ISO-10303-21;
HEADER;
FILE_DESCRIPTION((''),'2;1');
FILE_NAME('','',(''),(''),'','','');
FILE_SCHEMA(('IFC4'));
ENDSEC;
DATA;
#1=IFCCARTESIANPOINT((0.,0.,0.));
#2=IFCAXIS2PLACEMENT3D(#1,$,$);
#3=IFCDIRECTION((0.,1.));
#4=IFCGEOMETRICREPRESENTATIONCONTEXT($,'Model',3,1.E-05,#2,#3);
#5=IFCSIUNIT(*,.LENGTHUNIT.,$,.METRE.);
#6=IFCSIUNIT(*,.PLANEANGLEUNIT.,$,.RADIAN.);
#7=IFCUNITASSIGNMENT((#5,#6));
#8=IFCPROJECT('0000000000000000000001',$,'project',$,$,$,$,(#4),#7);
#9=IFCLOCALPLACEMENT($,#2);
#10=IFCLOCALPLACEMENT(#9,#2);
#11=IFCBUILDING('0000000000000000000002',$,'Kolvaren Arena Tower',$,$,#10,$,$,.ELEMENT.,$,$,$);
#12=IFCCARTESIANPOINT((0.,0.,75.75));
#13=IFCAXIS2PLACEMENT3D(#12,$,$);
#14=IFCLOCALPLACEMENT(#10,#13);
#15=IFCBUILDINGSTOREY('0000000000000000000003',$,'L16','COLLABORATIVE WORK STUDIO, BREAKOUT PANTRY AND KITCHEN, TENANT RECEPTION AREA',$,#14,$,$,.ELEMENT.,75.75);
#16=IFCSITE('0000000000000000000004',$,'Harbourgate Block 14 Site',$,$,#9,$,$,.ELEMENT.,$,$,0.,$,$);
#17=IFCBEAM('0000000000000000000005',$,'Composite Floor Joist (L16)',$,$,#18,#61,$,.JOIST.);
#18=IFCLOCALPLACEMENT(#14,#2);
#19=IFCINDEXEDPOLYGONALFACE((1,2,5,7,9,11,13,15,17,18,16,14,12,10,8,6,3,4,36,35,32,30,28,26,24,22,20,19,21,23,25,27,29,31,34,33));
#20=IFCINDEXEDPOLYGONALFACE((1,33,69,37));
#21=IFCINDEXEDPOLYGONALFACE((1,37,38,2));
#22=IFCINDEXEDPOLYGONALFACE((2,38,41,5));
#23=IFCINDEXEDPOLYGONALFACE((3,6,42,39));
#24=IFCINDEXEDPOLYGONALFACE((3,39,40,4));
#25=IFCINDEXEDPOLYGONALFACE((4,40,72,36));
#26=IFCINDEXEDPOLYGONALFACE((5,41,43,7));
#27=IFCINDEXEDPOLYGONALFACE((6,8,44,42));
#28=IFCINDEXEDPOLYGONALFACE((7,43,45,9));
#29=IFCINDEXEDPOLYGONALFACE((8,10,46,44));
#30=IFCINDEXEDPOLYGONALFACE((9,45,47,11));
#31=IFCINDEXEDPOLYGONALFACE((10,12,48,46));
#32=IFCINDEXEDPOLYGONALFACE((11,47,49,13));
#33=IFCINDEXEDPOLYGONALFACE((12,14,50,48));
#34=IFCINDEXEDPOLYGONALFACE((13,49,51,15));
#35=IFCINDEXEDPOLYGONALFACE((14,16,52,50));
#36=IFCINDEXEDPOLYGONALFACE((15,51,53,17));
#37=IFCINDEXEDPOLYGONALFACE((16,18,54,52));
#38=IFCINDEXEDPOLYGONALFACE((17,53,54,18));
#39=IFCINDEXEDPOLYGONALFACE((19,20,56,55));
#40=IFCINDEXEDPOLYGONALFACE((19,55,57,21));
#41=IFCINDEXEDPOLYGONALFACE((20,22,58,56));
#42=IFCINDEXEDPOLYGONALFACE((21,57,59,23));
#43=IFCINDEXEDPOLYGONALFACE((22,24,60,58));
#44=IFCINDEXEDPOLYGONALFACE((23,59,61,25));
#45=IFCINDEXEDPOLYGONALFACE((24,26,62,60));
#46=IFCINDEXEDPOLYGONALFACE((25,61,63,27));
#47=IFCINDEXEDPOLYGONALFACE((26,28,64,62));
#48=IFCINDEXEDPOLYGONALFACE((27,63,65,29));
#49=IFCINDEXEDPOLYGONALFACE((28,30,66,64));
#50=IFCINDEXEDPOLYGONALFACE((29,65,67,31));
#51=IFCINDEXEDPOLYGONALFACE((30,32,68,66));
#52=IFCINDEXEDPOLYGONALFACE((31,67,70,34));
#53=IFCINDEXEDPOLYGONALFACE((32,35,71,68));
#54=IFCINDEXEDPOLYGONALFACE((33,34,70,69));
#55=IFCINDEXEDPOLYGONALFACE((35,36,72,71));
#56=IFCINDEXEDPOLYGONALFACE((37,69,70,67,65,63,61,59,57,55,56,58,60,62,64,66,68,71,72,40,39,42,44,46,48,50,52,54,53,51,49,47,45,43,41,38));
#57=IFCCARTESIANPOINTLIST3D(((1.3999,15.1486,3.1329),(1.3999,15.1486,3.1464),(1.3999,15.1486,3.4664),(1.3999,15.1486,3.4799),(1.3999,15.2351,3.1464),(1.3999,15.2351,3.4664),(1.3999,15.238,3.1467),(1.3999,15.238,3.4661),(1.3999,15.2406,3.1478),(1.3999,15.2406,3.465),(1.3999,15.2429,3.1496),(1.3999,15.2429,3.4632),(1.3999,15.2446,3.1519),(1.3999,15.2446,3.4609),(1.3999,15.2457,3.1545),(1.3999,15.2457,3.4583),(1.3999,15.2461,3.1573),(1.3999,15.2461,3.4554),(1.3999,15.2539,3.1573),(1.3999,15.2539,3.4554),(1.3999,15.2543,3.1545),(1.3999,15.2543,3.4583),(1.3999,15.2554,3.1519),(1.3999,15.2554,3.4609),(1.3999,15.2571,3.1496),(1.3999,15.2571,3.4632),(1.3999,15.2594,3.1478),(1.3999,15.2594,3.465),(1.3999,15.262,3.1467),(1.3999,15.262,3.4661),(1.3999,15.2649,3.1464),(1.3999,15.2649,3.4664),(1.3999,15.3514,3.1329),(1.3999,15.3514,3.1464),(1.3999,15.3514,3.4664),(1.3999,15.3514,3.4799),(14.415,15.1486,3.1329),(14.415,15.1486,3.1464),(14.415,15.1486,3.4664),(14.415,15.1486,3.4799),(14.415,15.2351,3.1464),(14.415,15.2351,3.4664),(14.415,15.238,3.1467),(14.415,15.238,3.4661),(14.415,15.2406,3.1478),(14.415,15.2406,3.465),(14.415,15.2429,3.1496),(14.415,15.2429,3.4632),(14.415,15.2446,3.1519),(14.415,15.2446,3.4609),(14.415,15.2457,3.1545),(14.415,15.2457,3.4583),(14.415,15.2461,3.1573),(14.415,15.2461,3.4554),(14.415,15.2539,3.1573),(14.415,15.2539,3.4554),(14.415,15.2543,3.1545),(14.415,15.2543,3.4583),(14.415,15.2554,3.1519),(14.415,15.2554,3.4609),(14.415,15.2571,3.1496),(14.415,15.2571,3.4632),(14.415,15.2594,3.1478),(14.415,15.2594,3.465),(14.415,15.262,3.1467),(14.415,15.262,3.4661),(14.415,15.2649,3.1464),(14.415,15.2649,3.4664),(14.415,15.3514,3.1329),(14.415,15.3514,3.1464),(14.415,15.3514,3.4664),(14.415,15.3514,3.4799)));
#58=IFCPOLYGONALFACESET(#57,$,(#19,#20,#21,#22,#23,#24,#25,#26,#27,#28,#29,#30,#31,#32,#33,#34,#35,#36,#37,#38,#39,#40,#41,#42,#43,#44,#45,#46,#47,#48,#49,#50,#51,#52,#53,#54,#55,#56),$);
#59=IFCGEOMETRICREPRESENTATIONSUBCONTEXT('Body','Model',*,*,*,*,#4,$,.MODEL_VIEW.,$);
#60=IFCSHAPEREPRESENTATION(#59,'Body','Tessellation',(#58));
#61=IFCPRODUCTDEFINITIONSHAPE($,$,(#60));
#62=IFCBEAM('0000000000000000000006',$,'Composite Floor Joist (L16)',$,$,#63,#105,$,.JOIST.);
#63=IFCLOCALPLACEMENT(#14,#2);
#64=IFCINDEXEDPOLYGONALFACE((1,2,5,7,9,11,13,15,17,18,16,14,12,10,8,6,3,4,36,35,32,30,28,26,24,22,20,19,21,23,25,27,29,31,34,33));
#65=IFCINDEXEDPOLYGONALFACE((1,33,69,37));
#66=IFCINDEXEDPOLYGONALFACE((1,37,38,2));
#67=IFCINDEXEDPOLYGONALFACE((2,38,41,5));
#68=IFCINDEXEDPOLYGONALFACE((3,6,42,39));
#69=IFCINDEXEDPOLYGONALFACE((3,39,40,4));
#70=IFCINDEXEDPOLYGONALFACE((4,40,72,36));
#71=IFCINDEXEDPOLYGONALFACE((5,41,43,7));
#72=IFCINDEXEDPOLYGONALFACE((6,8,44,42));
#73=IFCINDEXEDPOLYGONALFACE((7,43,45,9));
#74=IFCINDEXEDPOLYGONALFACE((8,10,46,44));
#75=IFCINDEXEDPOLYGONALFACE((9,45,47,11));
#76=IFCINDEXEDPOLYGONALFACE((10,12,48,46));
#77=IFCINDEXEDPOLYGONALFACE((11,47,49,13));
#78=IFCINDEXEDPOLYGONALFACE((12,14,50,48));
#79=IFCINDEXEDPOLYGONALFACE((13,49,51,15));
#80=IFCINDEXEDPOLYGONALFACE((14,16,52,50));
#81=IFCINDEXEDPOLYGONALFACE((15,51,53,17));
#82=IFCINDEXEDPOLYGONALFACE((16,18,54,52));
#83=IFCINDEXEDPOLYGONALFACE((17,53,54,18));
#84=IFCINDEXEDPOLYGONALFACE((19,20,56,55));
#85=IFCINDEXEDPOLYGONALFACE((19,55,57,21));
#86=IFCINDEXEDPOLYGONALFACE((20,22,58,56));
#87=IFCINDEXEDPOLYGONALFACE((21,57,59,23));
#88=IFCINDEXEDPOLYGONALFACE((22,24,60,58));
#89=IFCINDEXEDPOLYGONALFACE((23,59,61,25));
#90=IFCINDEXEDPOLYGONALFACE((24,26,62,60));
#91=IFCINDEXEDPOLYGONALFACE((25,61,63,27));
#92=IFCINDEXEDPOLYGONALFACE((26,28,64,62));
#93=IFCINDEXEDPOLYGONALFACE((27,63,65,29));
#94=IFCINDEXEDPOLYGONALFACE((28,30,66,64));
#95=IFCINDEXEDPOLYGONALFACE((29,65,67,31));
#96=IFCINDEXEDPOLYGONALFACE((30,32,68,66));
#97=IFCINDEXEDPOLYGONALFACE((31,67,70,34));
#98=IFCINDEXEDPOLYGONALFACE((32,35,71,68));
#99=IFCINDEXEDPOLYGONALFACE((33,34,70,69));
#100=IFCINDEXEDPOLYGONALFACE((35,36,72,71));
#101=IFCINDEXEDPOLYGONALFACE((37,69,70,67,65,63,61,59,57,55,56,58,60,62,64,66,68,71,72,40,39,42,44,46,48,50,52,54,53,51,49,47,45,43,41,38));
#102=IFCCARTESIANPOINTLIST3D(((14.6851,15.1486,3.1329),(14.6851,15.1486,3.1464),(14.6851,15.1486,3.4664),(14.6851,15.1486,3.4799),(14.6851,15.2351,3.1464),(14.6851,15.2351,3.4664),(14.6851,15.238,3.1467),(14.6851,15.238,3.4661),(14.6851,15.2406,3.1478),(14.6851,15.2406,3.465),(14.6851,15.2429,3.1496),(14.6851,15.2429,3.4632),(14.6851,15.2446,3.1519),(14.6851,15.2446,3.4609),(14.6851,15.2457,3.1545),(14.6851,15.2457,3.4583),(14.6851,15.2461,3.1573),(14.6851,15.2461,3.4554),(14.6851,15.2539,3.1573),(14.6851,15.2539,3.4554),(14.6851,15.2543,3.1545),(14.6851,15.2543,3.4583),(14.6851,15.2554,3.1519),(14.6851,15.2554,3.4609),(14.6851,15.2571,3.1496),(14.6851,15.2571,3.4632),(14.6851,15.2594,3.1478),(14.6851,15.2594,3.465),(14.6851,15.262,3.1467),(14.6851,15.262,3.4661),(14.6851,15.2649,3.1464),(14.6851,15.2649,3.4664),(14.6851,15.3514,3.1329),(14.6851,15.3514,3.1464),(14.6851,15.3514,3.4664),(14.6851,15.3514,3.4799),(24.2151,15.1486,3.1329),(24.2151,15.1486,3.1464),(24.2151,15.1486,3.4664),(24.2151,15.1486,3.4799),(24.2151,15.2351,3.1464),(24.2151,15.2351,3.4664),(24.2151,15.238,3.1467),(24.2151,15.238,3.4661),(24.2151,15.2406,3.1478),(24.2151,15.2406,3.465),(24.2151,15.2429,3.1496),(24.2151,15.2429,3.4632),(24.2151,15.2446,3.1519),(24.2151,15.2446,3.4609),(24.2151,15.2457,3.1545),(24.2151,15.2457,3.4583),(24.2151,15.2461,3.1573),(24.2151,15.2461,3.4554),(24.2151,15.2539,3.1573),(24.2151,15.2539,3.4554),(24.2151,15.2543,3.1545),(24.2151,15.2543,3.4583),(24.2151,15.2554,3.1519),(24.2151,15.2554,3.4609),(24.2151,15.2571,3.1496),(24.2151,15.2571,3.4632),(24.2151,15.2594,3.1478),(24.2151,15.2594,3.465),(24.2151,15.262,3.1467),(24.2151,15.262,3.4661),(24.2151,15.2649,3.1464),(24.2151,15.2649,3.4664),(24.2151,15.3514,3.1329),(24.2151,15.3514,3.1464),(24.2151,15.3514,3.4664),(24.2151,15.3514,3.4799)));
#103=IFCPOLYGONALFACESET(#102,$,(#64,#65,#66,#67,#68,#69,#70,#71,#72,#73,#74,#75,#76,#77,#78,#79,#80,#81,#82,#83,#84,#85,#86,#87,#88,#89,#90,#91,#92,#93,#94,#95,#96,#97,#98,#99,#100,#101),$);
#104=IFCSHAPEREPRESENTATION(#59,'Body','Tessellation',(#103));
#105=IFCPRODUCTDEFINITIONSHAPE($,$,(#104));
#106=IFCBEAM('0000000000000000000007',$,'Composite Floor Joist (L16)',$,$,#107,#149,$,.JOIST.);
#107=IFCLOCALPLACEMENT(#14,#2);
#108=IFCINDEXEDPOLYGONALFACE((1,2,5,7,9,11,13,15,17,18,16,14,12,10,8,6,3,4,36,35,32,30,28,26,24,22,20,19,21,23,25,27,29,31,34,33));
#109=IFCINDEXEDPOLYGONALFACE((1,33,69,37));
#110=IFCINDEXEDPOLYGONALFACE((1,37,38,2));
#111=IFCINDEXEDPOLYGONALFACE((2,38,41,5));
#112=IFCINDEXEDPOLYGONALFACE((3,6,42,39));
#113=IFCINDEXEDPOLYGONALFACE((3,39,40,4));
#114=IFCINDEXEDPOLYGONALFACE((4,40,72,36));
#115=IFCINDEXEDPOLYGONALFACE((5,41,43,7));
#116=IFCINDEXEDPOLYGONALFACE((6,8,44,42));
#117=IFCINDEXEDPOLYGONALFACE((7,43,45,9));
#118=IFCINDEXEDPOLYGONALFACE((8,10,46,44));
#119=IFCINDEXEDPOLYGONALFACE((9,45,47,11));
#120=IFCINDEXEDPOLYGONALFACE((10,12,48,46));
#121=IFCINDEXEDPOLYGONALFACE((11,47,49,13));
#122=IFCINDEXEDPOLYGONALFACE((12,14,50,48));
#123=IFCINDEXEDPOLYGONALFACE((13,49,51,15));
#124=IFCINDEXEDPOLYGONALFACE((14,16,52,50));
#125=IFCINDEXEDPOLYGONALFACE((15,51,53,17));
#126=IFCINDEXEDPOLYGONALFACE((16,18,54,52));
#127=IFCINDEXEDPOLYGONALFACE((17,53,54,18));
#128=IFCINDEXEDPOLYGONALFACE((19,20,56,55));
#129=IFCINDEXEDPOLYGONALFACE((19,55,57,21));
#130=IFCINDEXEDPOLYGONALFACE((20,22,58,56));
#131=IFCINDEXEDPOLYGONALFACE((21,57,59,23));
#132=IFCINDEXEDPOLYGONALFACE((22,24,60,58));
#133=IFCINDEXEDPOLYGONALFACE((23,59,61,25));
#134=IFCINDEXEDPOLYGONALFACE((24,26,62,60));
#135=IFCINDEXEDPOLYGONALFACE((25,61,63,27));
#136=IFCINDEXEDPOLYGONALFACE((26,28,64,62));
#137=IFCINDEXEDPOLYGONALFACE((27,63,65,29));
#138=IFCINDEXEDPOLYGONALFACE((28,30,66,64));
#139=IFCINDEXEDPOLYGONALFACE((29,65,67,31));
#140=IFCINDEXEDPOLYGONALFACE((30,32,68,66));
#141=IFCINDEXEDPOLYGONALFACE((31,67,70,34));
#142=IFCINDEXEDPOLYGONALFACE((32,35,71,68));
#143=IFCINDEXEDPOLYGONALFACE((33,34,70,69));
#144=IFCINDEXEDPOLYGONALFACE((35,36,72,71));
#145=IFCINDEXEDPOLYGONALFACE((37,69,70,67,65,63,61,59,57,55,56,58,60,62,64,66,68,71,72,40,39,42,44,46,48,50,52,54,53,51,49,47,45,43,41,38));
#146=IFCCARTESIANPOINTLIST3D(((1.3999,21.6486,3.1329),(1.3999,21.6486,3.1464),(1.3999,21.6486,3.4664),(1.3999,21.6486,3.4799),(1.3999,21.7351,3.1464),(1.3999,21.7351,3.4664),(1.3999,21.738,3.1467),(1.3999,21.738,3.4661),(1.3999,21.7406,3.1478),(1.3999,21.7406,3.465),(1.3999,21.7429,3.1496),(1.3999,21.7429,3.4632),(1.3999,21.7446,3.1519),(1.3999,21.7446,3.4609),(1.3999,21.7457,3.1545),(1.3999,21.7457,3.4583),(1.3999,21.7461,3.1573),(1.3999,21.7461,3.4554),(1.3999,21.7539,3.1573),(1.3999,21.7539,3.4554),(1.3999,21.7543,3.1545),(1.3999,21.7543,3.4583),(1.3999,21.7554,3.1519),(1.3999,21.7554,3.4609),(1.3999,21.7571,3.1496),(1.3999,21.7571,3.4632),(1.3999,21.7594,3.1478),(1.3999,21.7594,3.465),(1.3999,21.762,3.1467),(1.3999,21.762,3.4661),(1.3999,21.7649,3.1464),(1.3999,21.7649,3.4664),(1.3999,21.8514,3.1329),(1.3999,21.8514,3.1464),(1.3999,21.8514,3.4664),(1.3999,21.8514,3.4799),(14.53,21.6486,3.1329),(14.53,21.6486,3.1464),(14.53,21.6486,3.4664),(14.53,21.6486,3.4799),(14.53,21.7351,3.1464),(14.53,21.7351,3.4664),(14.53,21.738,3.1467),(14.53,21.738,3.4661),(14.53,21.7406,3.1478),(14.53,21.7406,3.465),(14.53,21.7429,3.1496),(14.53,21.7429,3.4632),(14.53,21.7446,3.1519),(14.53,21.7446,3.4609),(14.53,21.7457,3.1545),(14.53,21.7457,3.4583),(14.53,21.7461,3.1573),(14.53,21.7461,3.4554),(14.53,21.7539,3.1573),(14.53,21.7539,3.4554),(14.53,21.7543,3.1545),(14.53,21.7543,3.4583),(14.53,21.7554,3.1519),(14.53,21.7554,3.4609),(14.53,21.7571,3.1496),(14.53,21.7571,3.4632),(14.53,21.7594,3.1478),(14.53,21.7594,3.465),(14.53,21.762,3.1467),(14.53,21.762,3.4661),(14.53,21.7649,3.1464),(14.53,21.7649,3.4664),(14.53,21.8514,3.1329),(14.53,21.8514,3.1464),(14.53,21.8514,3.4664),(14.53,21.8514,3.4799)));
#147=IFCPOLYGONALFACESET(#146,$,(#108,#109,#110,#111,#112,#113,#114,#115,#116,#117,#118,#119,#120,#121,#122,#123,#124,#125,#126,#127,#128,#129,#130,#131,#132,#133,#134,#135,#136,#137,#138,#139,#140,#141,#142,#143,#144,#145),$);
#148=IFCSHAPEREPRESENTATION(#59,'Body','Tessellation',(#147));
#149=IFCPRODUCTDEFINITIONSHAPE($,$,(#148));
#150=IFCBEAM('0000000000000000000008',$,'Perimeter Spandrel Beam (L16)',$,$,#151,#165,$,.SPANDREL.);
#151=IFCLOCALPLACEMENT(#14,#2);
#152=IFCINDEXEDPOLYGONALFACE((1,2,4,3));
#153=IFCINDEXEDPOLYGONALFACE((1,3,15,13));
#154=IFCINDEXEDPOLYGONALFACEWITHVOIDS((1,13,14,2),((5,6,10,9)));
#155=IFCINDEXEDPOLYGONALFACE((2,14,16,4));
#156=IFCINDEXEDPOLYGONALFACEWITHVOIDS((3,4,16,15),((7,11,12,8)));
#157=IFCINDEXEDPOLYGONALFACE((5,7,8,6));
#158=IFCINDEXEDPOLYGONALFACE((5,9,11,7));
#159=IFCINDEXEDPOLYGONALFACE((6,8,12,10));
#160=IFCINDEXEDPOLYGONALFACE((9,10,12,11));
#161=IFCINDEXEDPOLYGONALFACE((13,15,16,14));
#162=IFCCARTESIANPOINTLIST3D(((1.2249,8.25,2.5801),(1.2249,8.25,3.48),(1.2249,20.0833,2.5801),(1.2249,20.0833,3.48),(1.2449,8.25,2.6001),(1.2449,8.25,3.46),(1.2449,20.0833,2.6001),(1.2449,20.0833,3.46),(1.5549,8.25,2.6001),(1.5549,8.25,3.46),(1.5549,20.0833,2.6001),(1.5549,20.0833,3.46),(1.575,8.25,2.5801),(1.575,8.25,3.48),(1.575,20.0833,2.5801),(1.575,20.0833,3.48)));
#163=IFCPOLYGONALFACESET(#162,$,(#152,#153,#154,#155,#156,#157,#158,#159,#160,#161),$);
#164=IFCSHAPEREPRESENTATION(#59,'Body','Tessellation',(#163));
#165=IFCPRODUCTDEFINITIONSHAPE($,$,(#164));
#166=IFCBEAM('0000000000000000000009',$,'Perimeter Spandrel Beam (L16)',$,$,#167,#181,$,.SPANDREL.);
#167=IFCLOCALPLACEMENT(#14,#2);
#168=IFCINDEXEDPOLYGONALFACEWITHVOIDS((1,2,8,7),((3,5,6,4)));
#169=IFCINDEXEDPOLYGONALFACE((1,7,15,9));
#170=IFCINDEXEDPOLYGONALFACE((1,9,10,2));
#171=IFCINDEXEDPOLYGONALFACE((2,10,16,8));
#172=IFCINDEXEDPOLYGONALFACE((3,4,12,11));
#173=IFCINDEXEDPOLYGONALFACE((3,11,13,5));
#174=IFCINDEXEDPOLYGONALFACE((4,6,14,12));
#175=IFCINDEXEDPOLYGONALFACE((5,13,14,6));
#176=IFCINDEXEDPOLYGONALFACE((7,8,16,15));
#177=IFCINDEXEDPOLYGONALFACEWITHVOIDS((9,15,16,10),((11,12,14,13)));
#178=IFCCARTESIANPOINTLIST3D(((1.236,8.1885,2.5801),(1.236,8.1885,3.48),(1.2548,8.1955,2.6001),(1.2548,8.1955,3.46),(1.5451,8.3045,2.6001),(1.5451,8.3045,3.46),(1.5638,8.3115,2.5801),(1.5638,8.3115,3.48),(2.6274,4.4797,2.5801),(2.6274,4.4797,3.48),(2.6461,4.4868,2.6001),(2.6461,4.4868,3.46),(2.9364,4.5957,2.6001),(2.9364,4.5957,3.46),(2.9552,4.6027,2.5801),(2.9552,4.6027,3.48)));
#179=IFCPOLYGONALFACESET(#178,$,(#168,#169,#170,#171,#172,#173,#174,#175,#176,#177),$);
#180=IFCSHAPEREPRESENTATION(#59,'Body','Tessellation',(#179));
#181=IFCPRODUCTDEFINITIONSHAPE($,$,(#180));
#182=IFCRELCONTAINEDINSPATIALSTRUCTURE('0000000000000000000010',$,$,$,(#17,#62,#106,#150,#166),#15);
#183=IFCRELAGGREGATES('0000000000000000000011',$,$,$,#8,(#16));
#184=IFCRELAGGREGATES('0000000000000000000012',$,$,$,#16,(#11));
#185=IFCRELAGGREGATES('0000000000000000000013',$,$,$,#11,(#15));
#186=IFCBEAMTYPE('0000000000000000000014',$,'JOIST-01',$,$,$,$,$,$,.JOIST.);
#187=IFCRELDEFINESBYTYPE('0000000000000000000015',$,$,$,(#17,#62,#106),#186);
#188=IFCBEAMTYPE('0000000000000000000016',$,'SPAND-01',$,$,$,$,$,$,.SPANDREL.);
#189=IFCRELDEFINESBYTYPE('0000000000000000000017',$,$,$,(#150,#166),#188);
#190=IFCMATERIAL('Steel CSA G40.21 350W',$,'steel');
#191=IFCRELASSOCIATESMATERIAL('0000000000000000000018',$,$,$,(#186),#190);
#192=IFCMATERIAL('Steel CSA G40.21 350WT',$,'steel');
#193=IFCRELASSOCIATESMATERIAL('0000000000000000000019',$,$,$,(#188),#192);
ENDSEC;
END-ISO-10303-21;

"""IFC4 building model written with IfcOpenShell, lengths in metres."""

from ifc_helpers import new_model, si_unit, direction, frame, origin, origin_2d, place, context, subcontext, project, spatial, hollow_rectangle, i_section, extrude, material, material_profile, profile_set, type_object, element, save


model = new_model("IFC4")

# Units and contexts
model_context = context("Model", 3, precision=1e-05, world=origin(), true_north=direction((0.0, 1.0)))
body_context = subcontext(model_context, "Body", "Model", "MODEL_VIEW")
ifc_project = project(units=[si_unit("LENGTHUNIT", "METRE"), si_unit("PLANEANGLEUNIT", "RADIAN")], contexts=[model_context])

# Site, building, storey
site_placement = place(None, origin())
site = spatial("IfcSite", under=ifc_project, at=site_placement, Name="Harbourgate Block 14 Site", CompositionType="ELEMENT", RefElevation=0.0)
building_placement = place(site_placement, origin())
building = spatial("IfcBuilding", under=site, at=building_placement, Name="Kolvaren Arena Tower", CompositionType="ELEMENT")
storey_placement = place(building_placement, frame((0.0, 0.0, 75.75)))
storey = spatial("IfcBuildingStorey", under=building, at=storey_placement, Name="L16", Description="COLLABORATIVE WORK STUDIO, BREAKOUT PANTRY AND KITCHEN, TENANT RECEPTION AREA", CompositionType="ELEMENT", Elevation=75.75)

# Beams
ifc_material_1 = material(Name="Steel CSA G40.21 350W", Category="steel")
ifc_material_profile_1 = material_profile(ifc_material_1, i_section(OverallWidth=0.2029, OverallDepth=0.3469, WebThickness=0.0078, FlangeThickness=0.0134, FilletRadius=0.011, at=origin_2d()), Name="W360x64")
ifc_profile_set_1 = profile_set([ifc_material_profile_1], Name="Steel CSA G40.21 350W")
beam_type_1 = type_object("IfcBeamType", Name="JOIST-01", PredefinedType="JOIST", material=ifc_profile_set_1)
beam_1_placement = place(storey_placement, frame((1.3999, 15.25, 3.3064), z_axis=(1.0, 0.0, 0.0), x_axis=(0.0, 1.0, 0.0)))
element("IfcBeam", 1, at=beam_1_placement, inside=storey, type_object=beam_type_1, Name="Composite Floor Joist (L16)", PredefinedType="JOIST", context=body_context, shape_type="SweptSolid", body=[
    extrude(i_section(OverallWidth=0.2029, OverallDepth=0.3469, WebThickness=0.0078, FlangeThickness=0.0134, FilletRadius=0.011, at=origin_2d()), origin(), (0.0, 0.0, 1.0), 13.0151),
])
beam_2_placement = place(storey_placement, frame((14.6851, 15.25, 3.3064), z_axis=(1.0, 0.0, 0.0), x_axis=(0.0, 1.0, 0.0)))
element("IfcBeam", 2, at=beam_2_placement, inside=storey, type_object=beam_type_1, Name="Composite Floor Joist (L16)", PredefinedType="JOIST", context=body_context, shape_type="SweptSolid", body=[
    extrude(i_section(OverallWidth=0.2029, OverallDepth=0.3469, WebThickness=0.0078, FlangeThickness=0.0134, FilletRadius=0.011, at=origin_2d()), origin(), (0.0, 0.0, 1.0), 9.53),
])
beam_3_placement = place(storey_placement, frame((1.3999, 21.75, 3.3064), z_axis=(1.0, 0.0, 0.0), x_axis=(0.0, 1.0, 0.0)))
element("IfcBeam", 3, at=beam_3_placement, inside=storey, type_object=beam_type_1, Name="Composite Floor Joist (L16)", PredefinedType="JOIST", context=body_context, shape_type="SweptSolid", body=[
    extrude(i_section(OverallWidth=0.2029, OverallDepth=0.3469, WebThickness=0.0078, FlangeThickness=0.0134, FilletRadius=0.011, at=origin_2d()), origin(), (0.0, 0.0, 1.0), 13.1301),
])
ifc_material_2 = material(Name="Steel CSA G40.21 350WT", Category="steel")
ifc_material_profile_2 = material_profile(ifc_material_2, hollow_rectangle(XDim=0.3501, YDim=0.8999, WallThickness=0.02, at=origin_2d()), Name="HSS 900x350x20")
ifc_profile_set_2 = profile_set([ifc_material_profile_2], Name="Steel CSA G40.21 350WT")
beam_type_2 = type_object("IfcBeamType", Name="SPAND-01", PredefinedType="SPANDREL", material=ifc_profile_set_2)
beam_4_placement = place(storey_placement, frame((1.3999, 20.0833, 3.03), z_axis=(0.0, -1.0, 0.0), x_axis=(1.0, 0.0, 0.0)))
element("IfcBeam", 4, at=beam_4_placement, inside=storey, type_object=beam_type_2, Name="Perimeter Spandrel Beam (L16)", PredefinedType="SPANDREL", context=body_context, shape_type="SweptSolid", body=[
    extrude(hollow_rectangle(XDim=0.3501, YDim=0.8999, WallThickness=0.02, at=origin_2d()), origin(), (0.0, 0.0, 1.0), 11.8333),
])
beam_5_placement = place(storey_placement, frame((1.3999, 8.25, 3.03), z_axis=(0.351252, -0.936281, 0.0), x_axis=(0.936281, 0.351252, 0.0)))
element("IfcBeam", 5, at=beam_5_placement, inside=storey, type_object=beam_type_2, Name="Perimeter Spandrel Beam (L16)", PredefinedType="SPANDREL", context=body_context, shape_type="SweptSolid", body=[
    extrude(hollow_rectangle(XDim=0.3501, YDim=0.8999, WallThickness=0.02, at=origin_2d()), origin(), (0.0, 0.0, 1.0), 3.9612),
])

save(model, "model.ifc")
